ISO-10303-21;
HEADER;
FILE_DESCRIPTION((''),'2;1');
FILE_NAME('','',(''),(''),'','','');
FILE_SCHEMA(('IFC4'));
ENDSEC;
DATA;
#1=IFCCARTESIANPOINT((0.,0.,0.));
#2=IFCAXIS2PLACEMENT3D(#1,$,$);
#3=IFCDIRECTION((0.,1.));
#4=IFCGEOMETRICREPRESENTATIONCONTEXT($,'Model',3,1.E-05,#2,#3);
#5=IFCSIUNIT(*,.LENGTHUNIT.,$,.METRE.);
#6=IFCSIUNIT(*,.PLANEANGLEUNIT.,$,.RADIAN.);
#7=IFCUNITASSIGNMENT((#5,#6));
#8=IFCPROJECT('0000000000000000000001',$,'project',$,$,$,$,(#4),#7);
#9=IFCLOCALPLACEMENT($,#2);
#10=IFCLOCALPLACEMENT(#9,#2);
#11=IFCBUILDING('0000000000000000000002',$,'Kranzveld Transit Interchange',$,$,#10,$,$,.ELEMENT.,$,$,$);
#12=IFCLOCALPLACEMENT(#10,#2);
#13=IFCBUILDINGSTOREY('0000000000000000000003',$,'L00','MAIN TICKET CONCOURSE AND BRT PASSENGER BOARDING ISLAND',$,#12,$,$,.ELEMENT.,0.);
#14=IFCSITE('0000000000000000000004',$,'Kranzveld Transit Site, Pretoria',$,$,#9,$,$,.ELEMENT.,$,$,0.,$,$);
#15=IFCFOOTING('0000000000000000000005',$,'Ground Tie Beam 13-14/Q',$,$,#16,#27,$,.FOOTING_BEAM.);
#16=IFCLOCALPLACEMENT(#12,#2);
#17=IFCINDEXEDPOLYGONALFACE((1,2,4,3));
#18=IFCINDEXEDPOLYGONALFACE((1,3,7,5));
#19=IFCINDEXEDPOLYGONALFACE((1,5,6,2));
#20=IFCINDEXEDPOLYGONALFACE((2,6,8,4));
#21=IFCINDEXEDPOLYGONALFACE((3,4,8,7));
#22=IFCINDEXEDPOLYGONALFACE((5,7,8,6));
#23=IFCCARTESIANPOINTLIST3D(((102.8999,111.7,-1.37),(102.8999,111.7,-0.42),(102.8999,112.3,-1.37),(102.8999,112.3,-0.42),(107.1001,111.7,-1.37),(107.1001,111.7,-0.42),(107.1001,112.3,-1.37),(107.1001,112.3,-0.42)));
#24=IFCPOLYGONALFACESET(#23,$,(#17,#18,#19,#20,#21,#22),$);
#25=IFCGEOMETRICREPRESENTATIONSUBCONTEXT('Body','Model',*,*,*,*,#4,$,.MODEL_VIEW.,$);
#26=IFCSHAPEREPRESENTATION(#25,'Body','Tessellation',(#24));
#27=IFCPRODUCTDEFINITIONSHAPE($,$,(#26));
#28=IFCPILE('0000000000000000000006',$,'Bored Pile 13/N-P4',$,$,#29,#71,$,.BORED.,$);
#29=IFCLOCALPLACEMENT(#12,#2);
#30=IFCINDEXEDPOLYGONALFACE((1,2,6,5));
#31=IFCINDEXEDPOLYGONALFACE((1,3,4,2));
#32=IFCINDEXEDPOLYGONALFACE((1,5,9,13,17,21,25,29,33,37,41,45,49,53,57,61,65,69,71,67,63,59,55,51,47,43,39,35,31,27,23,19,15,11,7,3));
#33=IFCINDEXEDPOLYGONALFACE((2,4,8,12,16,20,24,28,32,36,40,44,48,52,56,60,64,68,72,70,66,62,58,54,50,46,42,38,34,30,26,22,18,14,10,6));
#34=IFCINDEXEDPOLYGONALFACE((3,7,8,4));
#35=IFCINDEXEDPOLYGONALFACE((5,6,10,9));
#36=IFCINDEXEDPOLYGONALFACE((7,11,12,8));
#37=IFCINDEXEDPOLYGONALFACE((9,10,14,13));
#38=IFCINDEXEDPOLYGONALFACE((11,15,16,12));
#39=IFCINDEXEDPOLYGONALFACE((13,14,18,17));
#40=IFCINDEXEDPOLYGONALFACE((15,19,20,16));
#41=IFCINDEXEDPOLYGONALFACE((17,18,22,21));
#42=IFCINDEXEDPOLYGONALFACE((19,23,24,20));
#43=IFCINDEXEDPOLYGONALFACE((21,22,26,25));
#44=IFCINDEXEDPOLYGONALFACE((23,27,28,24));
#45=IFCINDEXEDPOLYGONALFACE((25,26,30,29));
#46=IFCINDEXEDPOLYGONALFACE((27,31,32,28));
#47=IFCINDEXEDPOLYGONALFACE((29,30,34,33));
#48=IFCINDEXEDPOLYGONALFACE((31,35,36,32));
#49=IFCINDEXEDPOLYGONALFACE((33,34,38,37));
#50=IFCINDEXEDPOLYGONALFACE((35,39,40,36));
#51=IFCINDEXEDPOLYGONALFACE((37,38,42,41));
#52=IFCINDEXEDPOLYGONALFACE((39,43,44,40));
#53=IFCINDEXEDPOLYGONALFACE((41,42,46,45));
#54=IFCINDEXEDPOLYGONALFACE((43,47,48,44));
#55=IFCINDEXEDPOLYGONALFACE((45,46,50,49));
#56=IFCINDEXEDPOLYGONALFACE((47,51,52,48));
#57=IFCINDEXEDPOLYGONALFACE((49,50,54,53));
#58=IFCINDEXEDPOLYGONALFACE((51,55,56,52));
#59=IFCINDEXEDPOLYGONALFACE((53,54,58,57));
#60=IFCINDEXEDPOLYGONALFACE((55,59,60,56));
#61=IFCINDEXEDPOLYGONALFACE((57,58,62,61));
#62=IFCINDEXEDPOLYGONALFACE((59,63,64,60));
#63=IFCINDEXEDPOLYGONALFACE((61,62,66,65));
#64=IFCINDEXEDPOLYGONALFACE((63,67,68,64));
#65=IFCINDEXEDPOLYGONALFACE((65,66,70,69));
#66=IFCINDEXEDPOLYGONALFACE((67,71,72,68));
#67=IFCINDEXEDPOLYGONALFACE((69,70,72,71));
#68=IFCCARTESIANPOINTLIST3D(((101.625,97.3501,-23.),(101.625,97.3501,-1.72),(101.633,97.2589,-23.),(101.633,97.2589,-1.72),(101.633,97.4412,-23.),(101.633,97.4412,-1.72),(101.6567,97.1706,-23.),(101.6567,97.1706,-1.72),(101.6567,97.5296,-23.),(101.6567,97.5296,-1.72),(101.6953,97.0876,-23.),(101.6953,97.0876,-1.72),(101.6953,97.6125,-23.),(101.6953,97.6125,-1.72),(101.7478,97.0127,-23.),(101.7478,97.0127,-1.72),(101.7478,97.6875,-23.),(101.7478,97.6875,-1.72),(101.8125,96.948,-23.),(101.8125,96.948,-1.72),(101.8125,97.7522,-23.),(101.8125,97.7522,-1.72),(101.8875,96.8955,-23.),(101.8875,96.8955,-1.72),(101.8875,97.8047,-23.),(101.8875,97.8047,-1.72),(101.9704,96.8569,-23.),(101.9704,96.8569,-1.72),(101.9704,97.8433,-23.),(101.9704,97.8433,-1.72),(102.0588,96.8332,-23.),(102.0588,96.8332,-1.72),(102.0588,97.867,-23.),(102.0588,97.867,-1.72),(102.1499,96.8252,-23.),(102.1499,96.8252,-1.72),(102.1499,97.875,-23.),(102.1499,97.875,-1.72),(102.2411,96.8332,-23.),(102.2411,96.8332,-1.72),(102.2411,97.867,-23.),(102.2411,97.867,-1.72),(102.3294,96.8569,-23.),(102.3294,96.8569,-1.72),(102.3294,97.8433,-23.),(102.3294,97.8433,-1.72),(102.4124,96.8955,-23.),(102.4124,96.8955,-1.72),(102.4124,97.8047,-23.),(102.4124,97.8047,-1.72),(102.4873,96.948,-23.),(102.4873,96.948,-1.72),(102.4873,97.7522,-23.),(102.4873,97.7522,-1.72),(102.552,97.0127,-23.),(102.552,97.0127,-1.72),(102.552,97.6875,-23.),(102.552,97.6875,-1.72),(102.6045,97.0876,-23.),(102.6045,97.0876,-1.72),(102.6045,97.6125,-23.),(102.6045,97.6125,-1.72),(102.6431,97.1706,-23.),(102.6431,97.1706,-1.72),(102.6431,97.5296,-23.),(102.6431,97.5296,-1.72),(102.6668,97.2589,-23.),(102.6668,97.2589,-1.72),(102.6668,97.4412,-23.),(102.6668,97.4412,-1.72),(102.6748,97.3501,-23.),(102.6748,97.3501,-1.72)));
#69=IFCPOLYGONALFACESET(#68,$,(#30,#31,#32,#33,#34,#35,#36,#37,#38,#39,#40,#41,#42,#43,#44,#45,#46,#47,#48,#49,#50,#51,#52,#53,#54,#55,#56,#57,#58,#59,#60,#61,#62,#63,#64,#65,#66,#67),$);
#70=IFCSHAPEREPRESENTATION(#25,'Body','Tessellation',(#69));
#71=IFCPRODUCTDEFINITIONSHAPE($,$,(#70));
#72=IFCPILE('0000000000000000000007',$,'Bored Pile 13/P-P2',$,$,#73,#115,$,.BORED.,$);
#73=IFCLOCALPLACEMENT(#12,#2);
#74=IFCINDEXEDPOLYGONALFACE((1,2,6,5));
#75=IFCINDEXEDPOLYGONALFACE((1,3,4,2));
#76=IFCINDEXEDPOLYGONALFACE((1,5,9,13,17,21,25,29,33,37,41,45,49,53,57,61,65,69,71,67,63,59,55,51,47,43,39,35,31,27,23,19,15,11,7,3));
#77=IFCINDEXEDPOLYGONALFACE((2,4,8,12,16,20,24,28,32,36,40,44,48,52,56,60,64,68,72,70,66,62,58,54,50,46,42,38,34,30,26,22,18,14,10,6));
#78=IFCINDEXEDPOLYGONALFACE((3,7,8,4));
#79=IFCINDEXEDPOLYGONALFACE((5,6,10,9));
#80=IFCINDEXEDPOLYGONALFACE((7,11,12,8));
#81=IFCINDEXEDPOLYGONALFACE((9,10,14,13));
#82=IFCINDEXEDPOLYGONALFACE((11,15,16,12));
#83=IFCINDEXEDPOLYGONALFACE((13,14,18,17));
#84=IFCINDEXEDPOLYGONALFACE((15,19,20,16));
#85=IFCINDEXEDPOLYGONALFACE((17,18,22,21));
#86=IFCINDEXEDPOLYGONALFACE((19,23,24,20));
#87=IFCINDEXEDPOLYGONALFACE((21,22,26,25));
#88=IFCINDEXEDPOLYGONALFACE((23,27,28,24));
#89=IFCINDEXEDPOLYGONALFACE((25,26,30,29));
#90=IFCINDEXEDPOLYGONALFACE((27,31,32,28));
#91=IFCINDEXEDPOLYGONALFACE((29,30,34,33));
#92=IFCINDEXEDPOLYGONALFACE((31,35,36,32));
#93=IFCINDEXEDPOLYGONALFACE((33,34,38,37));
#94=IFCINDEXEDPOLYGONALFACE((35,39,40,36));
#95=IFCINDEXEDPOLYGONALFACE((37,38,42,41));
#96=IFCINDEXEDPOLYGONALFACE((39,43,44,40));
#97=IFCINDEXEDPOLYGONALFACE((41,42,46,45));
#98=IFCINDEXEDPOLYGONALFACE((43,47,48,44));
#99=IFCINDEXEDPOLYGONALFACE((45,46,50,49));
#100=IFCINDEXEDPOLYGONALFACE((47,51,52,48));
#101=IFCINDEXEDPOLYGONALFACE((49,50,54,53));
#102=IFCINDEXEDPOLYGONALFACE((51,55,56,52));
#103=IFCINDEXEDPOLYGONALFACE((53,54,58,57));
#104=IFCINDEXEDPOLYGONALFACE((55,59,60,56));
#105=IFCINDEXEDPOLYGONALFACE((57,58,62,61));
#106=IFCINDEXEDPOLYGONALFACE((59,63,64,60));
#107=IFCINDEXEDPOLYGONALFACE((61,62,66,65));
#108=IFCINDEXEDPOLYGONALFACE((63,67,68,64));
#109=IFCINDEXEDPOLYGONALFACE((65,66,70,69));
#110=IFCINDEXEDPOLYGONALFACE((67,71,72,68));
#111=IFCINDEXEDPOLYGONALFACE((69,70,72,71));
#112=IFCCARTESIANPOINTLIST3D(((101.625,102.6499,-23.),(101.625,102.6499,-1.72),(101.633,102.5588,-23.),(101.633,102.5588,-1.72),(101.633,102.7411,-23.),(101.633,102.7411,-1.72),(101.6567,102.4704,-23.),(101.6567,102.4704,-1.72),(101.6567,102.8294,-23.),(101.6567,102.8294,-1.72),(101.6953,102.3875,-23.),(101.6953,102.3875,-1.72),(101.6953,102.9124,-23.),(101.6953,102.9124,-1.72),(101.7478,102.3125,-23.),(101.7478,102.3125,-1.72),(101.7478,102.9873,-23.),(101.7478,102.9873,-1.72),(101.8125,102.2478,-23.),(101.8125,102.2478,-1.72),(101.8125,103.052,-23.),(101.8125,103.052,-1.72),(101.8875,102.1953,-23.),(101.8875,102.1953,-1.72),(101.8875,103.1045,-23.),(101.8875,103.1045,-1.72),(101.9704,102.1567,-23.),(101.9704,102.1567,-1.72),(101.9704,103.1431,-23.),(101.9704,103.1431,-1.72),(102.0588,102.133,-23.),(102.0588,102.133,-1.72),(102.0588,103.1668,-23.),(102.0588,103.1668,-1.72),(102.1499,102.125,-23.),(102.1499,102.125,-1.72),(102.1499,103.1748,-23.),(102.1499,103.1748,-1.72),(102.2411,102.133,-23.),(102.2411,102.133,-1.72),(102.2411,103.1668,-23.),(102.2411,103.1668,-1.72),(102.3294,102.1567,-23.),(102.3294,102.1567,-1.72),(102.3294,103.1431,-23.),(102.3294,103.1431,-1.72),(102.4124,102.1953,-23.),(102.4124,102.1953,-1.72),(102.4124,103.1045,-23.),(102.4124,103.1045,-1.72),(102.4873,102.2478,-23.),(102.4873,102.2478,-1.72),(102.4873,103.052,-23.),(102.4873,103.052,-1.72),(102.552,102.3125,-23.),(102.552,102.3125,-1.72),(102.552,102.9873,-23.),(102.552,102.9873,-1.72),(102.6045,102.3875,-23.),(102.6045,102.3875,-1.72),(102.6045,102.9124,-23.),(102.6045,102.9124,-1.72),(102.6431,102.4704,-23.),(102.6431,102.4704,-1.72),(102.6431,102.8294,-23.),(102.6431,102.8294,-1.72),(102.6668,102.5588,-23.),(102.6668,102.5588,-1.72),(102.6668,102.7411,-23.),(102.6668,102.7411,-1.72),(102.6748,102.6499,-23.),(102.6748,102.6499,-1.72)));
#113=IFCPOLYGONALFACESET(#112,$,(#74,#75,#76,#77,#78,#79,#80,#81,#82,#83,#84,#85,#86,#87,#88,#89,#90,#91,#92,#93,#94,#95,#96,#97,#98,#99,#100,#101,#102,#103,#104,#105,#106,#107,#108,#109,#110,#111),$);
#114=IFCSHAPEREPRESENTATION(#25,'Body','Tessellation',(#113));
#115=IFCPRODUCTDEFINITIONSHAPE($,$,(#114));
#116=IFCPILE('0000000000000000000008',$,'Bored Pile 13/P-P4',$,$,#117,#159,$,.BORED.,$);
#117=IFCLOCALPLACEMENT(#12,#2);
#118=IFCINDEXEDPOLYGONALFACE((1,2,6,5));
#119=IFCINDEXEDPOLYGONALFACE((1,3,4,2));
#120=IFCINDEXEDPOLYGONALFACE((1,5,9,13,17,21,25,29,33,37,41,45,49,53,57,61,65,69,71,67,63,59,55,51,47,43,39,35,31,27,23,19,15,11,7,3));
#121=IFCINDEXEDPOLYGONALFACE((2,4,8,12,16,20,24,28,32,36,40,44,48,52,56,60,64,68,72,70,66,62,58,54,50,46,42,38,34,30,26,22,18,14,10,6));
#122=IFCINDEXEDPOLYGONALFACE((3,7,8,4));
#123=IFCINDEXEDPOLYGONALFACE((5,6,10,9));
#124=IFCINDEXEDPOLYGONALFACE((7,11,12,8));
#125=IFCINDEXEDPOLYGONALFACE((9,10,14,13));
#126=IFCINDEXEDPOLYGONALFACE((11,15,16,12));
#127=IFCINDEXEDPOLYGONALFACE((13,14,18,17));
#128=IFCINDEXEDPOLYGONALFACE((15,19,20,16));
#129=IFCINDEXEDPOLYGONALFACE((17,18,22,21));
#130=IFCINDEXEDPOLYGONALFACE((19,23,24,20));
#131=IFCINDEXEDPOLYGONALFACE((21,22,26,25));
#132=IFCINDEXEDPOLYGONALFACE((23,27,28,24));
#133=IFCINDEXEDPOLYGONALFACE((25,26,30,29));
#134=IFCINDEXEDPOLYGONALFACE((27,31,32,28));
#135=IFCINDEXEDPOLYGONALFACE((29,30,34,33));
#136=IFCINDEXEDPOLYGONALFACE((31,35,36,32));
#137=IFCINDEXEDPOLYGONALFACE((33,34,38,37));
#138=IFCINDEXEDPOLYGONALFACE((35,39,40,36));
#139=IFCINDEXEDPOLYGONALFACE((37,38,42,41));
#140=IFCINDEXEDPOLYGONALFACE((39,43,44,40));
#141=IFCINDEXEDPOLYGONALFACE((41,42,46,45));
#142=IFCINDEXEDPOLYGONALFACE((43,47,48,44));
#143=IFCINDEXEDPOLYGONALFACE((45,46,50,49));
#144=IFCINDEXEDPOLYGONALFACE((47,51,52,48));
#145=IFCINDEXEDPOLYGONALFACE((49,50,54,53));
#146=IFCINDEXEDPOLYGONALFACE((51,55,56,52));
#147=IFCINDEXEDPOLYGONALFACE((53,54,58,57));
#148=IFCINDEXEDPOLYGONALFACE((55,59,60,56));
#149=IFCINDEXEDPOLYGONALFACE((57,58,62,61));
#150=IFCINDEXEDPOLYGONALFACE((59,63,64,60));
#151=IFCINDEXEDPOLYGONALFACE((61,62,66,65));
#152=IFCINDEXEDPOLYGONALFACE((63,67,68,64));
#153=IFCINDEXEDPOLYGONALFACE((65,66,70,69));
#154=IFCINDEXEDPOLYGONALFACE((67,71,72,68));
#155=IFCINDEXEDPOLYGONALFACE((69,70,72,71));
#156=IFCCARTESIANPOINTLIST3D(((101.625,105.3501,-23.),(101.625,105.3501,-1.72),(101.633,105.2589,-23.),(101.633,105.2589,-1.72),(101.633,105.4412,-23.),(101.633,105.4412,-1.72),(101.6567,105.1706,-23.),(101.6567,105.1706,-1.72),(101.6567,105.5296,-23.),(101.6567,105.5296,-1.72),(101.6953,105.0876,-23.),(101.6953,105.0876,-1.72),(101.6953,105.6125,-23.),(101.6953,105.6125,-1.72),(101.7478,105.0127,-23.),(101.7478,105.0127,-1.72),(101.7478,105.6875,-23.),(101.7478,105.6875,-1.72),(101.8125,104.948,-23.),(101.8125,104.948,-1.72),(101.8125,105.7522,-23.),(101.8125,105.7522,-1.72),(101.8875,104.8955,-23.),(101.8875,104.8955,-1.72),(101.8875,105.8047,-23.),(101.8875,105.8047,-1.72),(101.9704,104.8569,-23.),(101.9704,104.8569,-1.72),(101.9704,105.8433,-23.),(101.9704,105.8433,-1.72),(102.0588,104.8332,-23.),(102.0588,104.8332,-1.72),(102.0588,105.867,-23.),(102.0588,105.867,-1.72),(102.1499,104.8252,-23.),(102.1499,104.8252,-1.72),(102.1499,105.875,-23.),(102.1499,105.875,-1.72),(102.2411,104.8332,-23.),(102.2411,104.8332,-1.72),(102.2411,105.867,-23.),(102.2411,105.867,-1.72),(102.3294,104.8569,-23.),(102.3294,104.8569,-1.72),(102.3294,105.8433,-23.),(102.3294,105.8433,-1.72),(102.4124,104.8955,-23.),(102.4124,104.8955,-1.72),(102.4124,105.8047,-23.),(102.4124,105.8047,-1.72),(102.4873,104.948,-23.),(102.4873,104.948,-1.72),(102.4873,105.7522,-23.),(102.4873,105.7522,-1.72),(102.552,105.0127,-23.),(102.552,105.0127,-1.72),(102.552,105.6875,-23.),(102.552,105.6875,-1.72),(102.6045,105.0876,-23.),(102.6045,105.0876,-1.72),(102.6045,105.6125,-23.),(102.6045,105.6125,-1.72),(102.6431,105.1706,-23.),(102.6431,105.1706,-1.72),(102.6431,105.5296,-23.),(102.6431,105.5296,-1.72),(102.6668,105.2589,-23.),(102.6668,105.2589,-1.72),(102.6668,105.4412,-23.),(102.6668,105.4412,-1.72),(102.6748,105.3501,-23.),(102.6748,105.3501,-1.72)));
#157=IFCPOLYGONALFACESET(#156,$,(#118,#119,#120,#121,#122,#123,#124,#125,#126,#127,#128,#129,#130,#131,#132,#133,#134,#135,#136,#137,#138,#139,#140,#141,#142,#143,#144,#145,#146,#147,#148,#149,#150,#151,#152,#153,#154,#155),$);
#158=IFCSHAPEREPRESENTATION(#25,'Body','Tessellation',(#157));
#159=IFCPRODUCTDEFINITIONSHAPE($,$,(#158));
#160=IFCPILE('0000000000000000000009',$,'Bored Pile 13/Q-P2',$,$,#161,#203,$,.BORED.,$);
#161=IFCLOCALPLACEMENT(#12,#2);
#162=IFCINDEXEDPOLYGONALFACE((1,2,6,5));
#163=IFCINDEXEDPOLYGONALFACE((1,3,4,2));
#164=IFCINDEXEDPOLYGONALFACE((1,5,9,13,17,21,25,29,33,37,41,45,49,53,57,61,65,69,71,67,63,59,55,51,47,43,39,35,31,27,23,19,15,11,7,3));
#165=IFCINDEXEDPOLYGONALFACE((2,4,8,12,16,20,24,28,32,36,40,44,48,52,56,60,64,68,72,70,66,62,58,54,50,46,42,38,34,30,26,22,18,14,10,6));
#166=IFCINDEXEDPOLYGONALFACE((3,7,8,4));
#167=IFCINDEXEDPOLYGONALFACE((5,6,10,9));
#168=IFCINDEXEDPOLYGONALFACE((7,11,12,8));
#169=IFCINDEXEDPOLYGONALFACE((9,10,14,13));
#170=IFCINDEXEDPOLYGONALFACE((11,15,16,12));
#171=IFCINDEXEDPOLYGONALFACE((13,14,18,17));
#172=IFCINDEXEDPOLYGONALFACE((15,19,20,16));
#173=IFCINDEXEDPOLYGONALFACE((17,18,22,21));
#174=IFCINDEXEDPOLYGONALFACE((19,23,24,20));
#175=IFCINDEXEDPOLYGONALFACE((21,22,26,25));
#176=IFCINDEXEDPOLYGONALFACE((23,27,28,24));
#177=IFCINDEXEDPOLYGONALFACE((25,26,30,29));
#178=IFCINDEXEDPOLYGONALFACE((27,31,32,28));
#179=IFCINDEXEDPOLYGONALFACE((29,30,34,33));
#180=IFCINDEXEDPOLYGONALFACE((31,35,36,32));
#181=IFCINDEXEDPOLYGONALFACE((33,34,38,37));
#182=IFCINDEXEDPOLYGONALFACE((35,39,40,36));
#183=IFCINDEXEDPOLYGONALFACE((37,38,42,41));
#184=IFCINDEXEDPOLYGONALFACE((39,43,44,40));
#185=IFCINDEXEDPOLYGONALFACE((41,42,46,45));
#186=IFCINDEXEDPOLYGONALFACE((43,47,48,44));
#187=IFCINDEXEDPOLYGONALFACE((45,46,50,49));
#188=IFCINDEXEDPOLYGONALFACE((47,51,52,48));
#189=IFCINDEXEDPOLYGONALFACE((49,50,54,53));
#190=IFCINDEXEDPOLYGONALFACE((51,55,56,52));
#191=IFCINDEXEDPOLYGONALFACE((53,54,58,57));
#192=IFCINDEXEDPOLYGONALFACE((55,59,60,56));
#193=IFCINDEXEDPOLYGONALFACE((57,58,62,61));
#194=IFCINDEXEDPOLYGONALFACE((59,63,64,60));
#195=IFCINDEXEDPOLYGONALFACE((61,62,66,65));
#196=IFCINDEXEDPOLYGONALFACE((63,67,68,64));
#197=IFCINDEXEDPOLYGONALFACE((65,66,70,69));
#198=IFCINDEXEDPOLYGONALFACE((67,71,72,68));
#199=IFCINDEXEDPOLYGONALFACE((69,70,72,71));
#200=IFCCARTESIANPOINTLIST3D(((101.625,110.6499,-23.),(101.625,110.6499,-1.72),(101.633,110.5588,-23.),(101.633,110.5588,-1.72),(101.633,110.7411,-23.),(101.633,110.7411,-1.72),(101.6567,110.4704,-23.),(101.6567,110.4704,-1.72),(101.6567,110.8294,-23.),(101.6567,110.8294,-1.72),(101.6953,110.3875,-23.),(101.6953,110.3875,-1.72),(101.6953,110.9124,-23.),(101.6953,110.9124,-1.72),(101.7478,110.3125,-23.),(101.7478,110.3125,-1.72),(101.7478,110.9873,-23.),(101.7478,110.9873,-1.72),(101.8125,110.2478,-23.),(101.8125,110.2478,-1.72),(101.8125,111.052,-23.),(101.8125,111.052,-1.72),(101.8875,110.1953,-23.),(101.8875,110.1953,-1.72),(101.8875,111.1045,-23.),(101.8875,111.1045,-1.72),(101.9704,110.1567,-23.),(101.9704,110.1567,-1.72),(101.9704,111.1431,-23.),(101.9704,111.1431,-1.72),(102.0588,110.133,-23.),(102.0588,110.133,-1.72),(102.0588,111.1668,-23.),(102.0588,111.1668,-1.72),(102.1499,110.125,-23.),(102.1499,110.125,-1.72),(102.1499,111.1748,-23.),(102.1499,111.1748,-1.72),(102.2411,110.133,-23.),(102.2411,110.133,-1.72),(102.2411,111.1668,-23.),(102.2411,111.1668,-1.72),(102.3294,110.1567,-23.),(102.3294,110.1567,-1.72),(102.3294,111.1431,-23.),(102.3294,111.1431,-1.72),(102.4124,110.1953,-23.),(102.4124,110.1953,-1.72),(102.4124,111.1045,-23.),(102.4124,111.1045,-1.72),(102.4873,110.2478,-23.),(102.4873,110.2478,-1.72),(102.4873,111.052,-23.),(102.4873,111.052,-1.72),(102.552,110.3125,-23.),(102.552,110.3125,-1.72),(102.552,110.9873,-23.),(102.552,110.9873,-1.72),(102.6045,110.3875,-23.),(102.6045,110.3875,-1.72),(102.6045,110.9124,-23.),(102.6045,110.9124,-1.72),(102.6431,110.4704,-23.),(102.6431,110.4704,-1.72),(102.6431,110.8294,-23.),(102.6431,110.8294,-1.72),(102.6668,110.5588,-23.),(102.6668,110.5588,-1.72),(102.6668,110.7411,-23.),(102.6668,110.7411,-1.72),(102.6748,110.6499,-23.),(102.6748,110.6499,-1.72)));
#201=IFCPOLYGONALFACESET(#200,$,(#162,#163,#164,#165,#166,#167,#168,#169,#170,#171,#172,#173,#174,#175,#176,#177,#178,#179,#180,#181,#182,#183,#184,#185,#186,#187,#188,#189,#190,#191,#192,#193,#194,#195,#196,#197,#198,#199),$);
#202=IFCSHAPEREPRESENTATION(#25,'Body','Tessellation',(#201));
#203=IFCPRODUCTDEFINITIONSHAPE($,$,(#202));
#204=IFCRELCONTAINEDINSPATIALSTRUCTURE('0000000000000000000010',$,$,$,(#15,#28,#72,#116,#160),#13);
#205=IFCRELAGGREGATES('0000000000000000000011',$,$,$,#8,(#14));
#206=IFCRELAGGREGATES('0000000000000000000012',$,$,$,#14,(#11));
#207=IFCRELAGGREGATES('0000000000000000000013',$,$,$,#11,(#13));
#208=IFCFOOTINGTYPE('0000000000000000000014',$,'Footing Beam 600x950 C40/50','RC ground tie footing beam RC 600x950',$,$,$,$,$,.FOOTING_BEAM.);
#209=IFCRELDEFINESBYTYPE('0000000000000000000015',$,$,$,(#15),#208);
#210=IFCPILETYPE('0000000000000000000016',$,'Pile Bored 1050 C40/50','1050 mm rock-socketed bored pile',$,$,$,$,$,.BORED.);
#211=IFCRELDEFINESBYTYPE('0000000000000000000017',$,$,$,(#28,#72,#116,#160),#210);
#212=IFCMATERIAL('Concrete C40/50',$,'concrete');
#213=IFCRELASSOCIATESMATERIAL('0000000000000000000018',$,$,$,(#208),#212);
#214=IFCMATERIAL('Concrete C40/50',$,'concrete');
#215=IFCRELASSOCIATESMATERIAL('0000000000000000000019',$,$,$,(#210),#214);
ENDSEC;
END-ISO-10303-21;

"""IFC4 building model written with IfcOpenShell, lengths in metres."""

from ifc_helpers import new_model, si_unit, direction, frame, origin, origin_2d, place, context, subcontext, project, spatial, rectangle, circle, extrude, material, material_profile, profile_set, type_object, element, save


model = new_model("IFC4")

# Units and contexts
model_context = context("Model", 3, precision=1e-05, world=origin(), true_north=direction((0.0, 1.0)))
body_context = subcontext(model_context, "Body", "Model", "MODEL_VIEW")
ifc_project = project(units=[si_unit("LENGTHUNIT", "METRE"), si_unit("PLANEANGLEUNIT", "RADIAN")], contexts=[model_context])

# Site, building, storey
site_placement = place(None, origin())
site = spatial("IfcSite", under=ifc_project, at=site_placement, Name="Kranzveld Transit Site, Pretoria", CompositionType="ELEMENT", RefElevation=0.0)
building_placement = place(site_placement, origin())
building = spatial("IfcBuilding", under=site, at=building_placement, Name="Kranzveld Transit Interchange", CompositionType="ELEMENT")
storey_placement = place(building_placement, origin())
storey = spatial("IfcBuildingStorey", under=building, at=storey_placement, Name="L00", Description="MAIN TICKET CONCOURSE AND BRT PASSENGER BOARDING ISLAND", CompositionType="ELEMENT", Elevation=0.0)

# Footing
ifc_material_1 = material(Name="Concrete C40/50", Category="concrete")
ifc_material_profile_1 = material_profile(ifc_material_1, rectangle(XDim=0.6001, YDim=0.95, at=origin_2d()), Name="RC 600x950")
ifc_profile_set_1 = profile_set([ifc_material_profile_1], Name="Concrete C40/50")
footing_type_1 = type_object("IfcFootingType", Name="Footing Beam 600x950 C40/50", Description="RC ground tie footing beam RC 600x950", PredefinedType="FOOTING_BEAM", material=ifc_profile_set_1)
footing_placement = place(storey_placement, frame((102.8999, 112.0, -0.895), z_axis=(1.0, 0.0, 0.0), x_axis=(0.0, 1.0, 0.0)))
element("IfcFooting", 1, at=footing_placement, inside=storey, type_object=footing_type_1, Name="Ground Tie Beam 13-14/Q", PredefinedType="FOOTING_BEAM", context=body_context, shape_type="SweptSolid", body=[
    extrude(rectangle(XDim=0.6001, YDim=0.95, at=origin_2d()), origin(), (0.0, 0.0, 1.0), 4.2002),
])

# Piles
ifc_material_2 = material(Name="Concrete C40/50", Category="concrete")
ifc_material_profile_2 = material_profile(ifc_material_2, circle(Radius=0.5249, at=origin_2d()), Name="BORED PILE 1050")
ifc_profile_set_2 = profile_set([ifc_material_profile_2], Name="Concrete C40/50")
pile_type = type_object("IfcPileType", Name="Pile Bored 1050 C40/50", Description="1050 mm rock-socketed bored pile", PredefinedType="BORED", material=ifc_profile_set_2)
for number, where, z_axis, x_axis, name in (
    (2, (102.1499, 97.3501, -1.72), (0.0, 0.0, -1.0), (1.0, 0.0, 0.0), "Bored Pile 13/N-P4"),
    (3, (102.1499, 102.6499, -1.72), (0.0, 0.0, -1.0), (1.0, 0.0, 0.0), "Bored Pile 13/P-P2"),
    (4, (102.1499, 105.3501, -1.72), (0.0, 0.0, -1.0), (1.0, 0.0, 0.0), "Bored Pile 13/P-P4"),
    (5, (102.1499, 110.6499, -1.72), (0.0, 0.0, -1.0), (1.0, 0.0, 0.0), "Bored Pile 13/Q-P2"),
):
    element("IfcPile", number, at=place(storey_placement, frame(where, z_axis=z_axis, x_axis=x_axis)), inside=storey, type_object=pile_type, Name=name, PredefinedType="BORED", context=body_context, shape_type="SweptSolid", body=[
        extrude(circle(Radius=0.5249, at=origin_2d()), origin(), (0.0, 0.0, 1.0), 21.28),
    ])

save(model, "model.ifc")
